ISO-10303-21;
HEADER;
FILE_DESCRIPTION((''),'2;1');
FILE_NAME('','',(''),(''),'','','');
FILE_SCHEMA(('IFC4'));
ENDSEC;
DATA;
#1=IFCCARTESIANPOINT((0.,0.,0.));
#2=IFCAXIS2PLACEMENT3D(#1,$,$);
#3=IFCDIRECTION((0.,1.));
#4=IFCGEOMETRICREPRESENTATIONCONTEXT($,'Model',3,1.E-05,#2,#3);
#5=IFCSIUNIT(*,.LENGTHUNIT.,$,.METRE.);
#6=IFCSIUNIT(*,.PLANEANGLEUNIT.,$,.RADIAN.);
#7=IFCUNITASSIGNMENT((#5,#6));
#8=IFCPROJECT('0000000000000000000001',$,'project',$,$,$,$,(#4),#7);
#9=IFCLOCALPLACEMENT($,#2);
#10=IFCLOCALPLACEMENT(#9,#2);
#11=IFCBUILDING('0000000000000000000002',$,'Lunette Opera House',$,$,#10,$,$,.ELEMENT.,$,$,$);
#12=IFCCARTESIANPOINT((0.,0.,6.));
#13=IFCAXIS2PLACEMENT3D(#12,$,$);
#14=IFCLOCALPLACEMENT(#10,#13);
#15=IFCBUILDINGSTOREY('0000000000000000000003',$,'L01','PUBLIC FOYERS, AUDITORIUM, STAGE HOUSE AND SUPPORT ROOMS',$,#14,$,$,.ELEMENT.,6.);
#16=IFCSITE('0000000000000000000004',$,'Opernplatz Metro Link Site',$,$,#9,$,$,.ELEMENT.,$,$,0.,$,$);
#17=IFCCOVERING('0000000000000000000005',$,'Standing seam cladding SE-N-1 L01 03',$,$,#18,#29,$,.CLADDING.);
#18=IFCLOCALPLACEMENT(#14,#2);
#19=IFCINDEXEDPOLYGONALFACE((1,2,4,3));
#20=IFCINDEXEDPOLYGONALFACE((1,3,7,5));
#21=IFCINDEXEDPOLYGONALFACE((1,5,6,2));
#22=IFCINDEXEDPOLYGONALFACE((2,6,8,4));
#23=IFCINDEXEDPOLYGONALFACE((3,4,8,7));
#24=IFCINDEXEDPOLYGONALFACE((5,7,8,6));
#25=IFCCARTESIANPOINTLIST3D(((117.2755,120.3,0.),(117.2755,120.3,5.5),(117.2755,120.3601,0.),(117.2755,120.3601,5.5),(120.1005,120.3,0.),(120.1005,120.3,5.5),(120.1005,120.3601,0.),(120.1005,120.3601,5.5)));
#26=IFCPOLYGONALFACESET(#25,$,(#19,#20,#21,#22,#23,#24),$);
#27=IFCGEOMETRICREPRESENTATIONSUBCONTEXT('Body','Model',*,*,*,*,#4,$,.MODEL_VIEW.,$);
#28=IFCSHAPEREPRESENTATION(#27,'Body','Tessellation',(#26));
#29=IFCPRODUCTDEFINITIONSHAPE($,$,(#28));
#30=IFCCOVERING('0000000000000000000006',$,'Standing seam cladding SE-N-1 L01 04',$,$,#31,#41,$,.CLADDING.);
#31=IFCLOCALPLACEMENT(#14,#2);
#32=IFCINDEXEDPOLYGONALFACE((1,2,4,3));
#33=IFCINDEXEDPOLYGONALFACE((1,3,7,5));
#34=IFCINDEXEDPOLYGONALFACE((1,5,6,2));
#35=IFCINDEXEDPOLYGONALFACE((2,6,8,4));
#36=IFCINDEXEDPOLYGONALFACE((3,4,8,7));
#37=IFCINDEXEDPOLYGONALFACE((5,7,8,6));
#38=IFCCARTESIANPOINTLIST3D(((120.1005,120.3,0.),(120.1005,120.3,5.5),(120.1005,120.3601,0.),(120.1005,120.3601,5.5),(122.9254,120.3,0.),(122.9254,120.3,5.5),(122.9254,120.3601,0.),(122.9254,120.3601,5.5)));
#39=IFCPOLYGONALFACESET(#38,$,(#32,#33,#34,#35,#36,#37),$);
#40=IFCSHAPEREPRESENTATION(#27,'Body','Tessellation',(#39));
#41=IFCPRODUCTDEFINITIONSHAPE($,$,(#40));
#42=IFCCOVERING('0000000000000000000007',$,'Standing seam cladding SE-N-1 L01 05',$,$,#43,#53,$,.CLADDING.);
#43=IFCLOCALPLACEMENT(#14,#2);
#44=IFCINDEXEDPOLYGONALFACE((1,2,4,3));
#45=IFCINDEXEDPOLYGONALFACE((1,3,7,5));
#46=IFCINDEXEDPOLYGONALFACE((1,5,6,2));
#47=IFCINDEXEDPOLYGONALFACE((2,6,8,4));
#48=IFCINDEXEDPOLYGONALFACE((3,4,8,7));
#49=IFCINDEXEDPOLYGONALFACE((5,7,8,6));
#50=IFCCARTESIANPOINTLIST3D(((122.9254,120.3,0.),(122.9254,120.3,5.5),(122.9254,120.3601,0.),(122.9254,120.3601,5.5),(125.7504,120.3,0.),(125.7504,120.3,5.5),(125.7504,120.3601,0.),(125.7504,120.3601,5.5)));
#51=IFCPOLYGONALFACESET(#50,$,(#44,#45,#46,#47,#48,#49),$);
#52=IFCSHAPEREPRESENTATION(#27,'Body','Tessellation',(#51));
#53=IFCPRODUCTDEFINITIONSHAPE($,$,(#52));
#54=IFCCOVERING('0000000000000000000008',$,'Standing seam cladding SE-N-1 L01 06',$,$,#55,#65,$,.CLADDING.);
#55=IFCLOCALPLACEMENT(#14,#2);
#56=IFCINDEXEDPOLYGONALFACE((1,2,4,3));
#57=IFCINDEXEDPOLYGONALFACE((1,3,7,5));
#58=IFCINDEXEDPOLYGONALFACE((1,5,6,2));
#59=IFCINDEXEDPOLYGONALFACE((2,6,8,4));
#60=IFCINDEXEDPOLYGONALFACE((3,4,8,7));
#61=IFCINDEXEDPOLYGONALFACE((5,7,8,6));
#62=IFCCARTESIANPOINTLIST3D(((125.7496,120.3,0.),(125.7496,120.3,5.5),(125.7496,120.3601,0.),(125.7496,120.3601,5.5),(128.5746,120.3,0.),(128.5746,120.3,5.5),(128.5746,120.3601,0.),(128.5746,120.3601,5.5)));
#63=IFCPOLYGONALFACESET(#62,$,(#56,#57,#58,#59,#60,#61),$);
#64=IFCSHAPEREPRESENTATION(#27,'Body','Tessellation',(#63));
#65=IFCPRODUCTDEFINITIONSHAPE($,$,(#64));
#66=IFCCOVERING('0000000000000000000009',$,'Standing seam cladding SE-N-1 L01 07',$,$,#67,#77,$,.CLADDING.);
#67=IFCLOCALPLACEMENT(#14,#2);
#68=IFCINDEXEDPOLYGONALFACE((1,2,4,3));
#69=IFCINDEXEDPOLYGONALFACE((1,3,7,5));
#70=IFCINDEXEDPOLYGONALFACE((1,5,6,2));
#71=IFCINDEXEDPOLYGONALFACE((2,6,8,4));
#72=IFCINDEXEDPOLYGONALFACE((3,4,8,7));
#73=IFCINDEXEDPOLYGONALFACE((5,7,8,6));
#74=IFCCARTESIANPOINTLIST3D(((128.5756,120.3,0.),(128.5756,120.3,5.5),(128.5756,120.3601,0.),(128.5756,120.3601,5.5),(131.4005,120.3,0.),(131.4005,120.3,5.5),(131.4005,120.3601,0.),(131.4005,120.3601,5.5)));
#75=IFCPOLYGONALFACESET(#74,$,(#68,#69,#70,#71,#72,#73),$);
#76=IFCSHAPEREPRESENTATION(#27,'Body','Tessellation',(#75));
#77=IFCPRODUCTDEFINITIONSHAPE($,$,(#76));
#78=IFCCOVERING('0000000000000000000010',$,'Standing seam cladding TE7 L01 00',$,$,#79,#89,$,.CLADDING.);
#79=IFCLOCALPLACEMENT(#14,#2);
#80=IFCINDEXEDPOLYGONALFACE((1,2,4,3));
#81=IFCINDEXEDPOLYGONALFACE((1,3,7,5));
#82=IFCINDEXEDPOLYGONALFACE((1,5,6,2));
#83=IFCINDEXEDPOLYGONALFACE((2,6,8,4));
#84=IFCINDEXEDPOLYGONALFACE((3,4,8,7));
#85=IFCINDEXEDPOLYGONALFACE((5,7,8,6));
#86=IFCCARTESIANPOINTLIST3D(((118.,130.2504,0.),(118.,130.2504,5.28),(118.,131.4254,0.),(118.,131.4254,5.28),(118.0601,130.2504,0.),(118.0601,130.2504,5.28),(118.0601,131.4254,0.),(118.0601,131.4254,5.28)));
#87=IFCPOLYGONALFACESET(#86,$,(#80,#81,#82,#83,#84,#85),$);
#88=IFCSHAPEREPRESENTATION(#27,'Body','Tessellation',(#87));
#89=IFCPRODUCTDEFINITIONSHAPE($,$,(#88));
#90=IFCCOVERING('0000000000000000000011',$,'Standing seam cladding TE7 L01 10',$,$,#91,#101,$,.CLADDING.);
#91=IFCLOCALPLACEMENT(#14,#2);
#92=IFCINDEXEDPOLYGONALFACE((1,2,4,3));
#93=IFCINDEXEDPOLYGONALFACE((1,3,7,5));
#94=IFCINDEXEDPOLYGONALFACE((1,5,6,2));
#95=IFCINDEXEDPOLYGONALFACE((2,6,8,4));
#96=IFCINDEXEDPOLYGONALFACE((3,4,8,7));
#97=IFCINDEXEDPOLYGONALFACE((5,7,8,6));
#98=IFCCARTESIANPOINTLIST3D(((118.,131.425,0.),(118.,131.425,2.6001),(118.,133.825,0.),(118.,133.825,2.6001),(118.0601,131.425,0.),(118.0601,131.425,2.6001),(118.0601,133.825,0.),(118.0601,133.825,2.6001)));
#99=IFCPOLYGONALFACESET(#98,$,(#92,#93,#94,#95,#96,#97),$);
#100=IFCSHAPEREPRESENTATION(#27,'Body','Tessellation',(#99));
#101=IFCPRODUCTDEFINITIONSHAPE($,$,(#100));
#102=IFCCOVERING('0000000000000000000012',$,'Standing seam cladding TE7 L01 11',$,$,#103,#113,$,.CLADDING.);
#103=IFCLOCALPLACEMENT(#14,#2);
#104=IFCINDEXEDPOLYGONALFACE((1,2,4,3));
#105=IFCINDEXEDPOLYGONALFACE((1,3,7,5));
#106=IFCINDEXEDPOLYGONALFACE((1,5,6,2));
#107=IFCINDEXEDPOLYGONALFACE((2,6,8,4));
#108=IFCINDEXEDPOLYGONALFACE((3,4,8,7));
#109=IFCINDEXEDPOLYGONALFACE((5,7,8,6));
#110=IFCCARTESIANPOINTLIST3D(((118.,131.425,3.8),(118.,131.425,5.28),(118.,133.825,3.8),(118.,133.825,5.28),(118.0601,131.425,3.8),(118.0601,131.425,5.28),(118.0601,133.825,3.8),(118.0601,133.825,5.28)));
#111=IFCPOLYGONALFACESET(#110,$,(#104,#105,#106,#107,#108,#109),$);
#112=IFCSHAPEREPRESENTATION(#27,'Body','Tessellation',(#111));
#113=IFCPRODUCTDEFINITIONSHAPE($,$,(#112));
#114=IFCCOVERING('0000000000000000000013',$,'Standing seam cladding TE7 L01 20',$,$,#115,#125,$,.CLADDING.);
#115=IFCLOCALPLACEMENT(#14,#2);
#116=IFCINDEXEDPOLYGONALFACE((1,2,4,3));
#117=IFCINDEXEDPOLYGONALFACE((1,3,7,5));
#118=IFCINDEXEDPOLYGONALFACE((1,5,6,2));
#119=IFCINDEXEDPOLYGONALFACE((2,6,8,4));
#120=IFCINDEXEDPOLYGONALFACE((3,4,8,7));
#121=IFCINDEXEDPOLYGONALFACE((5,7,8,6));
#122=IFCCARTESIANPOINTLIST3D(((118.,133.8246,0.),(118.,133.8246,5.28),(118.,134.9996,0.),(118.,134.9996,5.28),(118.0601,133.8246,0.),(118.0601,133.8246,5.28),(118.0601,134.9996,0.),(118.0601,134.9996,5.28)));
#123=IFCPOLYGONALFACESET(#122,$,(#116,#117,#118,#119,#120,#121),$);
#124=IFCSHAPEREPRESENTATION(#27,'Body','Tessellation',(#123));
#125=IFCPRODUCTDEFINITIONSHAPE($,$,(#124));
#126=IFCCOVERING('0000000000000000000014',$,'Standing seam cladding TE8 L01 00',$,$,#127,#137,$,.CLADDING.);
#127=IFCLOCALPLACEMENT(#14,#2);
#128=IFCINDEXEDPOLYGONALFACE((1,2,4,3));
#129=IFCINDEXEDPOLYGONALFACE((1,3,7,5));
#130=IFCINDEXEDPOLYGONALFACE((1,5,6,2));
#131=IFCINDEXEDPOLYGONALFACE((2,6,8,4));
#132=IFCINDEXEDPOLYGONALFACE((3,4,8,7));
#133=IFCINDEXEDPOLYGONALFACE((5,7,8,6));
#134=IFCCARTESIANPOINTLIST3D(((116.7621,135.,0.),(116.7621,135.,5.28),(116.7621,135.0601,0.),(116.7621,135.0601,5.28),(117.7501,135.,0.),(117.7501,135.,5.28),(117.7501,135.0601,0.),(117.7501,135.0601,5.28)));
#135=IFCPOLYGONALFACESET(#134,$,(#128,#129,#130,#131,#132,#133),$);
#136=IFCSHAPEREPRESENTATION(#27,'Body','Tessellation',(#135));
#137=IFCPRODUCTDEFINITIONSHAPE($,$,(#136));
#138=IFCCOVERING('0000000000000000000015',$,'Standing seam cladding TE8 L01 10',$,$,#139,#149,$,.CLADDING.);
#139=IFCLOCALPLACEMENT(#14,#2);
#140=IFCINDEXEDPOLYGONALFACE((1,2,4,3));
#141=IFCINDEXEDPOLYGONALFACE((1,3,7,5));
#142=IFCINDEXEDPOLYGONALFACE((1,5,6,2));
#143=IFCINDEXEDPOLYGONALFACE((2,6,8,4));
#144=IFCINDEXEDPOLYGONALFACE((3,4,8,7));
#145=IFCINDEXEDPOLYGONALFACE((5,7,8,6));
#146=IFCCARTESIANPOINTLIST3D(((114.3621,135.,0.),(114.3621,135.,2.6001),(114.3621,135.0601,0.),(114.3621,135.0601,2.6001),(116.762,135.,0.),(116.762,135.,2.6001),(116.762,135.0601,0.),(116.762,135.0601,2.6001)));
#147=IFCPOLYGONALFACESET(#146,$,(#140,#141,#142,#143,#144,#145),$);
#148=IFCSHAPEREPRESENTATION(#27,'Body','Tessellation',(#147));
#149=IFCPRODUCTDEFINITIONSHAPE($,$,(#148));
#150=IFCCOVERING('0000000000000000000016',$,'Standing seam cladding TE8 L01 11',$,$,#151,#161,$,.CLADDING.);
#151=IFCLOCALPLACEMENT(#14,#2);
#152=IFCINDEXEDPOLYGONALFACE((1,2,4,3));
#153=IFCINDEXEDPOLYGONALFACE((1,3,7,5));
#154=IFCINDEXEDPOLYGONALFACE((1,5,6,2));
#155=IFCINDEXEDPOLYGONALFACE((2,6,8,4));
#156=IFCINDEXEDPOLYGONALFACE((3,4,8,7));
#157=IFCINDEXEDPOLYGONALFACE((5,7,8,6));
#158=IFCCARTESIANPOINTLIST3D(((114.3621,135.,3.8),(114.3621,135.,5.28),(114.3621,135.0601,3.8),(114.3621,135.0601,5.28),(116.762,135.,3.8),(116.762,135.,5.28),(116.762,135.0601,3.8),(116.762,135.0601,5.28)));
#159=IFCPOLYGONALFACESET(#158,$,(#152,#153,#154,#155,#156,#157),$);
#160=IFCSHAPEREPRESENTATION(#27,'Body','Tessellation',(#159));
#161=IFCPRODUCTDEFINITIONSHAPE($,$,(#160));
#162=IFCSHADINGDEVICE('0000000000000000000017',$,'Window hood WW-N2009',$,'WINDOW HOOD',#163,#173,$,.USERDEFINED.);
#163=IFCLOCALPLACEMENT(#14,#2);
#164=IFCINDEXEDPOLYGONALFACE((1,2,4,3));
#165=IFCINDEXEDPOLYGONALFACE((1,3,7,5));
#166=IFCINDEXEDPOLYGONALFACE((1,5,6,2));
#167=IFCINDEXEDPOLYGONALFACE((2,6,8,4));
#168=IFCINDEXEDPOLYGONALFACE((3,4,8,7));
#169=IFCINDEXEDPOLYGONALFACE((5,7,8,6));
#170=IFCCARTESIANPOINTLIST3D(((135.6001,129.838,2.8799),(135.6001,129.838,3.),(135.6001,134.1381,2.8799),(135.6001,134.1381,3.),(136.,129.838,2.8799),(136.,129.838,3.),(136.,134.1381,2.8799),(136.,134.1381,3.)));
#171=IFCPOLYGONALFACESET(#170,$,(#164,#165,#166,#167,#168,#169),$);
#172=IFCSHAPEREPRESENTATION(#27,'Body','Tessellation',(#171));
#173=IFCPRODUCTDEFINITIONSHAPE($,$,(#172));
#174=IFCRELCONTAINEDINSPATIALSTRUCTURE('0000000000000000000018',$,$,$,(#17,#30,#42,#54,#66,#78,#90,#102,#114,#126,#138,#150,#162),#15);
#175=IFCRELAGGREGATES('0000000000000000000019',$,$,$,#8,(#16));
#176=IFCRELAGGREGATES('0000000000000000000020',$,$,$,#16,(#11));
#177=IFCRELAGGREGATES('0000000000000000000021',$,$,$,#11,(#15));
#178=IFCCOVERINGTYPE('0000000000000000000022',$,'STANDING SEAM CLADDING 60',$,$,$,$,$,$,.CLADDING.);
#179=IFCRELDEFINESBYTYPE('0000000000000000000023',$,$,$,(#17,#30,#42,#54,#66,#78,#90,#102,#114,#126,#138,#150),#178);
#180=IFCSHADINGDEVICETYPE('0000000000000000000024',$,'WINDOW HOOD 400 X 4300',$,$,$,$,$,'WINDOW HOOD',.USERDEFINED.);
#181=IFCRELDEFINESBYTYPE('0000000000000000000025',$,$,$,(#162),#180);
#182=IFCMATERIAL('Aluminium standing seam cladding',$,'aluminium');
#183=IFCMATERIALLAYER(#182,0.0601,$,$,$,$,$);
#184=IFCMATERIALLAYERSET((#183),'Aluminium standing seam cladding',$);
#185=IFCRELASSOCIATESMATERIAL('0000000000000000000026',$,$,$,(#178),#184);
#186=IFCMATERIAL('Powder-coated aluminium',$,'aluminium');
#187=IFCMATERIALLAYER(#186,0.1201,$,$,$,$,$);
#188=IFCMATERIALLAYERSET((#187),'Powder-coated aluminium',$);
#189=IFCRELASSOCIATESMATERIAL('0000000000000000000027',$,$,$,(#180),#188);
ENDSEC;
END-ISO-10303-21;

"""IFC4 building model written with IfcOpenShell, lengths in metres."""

from ifc_helpers import new_model, si_unit, direction, frame, origin, origin_2d, place, context, subcontext, project, spatial, rectangle, extrude, material, layer, layer_set, type_object, element, save


model = new_model("IFC4")

# Units and contexts
model_context = context("Model", 3, precision=1e-05, world=origin(), true_north=direction((0.0, 1.0)))
body_context = subcontext(model_context, "Body", "Model", "MODEL_VIEW")
ifc_project = project(units=[si_unit("LENGTHUNIT", "METRE"), si_unit("PLANEANGLEUNIT", "RADIAN")], contexts=[model_context])

# Site, building, storey
site_placement = place(None, origin())
site = spatial("IfcSite", under=ifc_project, at=site_placement, Name="Opernplatz Metro Link Site", CompositionType="ELEMENT", RefElevation=0.0)
building_placement = place(site_placement, origin())
building = spatial("IfcBuilding", under=site, at=building_placement, Name="Lunette Opera House", CompositionType="ELEMENT")
storey_placement = place(building_placement, frame((0.0, 0.0, 6.0)))
storey = spatial("IfcBuildingStorey", under=building, at=storey_placement, Name="L01", Description="PUBLIC FOYERS, AUDITORIUM, STAGE HOUSE AND SUPPORT ROOMS", CompositionType="ELEMENT", Elevation=6.0)

# Coverings
ifc_material_1 = material(Name="Aluminium standing seam cladding", Category="aluminium")
ifc_layer_1 = layer(ifc_material_1, 0.0601)
ifc_layer_set_1 = layer_set([ifc_layer_1], Name="Aluminium standing seam cladding")
covering_type = type_object("IfcCoveringType", Name="STANDING SEAM CLADDING 60", PredefinedType="CLADDING", material=ifc_layer_set_1)
for number, where, z_axis, x_axis, name in (
    (1, (118.688, 120.3301, 0.0), (0.0, 0.0, 1.0), (1.0, 0.0, 0.0), "Standing seam cladding SE-N-1 L01 03"),
    (2, (121.5129, 120.3301, 0.0), (0.0, 0.0, 1.0), (1.0, 0.0, 0.0), "Standing seam cladding SE-N-1 L01 04"),
    (3, (124.3379, 120.3301, 0.0), (0.0, 0.0, 1.0), (1.0, 0.0, 0.0), "Standing seam cladding SE-N-1 L01 05"),
    (4, (127.1621, 120.3301, 0.0), (0.0, 0.0, 1.0), (1.0, 0.0, 0.0), "Standing seam cladding SE-N-1 L01 06"),
    (5, (129.988, 120.3301, 0.0), (0.0, 0.0, 1.0), (1.0, 0.0, 0.0), "Standing seam cladding SE-N-1 L01 07"),
):
    element("IfcCovering", number, at=place(storey_placement, frame(where, z_axis=z_axis, x_axis=x_axis)), inside=storey, type_object=covering_type, Name=name, PredefinedType="CLADDING", context=body_context, shape_type="SweptSolid", body=[
        extrude(rectangle(XDim=2.825, YDim=0.0601, at=origin_2d()), origin(), (0.0, 0.0, 1.0), 5.5),
    ])
covering_1_placement = place(storey_placement, frame((118.03, 130.8379, 0.0), z_axis=(0.0, 0.0, 1.0), x_axis=(0.0, 1.0, 0.0)))
element("IfcCovering", 6, at=covering_1_placement, inside=storey, type_object=covering_type, Name="Standing seam cladding TE7 L01 00", PredefinedType="CLADDING", context=body_context, shape_type="SweptSolid", body=[
    extrude(rectangle(XDim=1.175, YDim=0.0601, at=origin_2d()), origin(), (0.0, 0.0, 1.0), 5.28),
])
covering_2_placement = place(storey_placement, frame((118.03, 132.625, 0.0), z_axis=(0.0, 0.0, 1.0), x_axis=(0.0, 1.0, 0.0)))
element("IfcCovering", 7, at=covering_2_placement, inside=storey, type_object=covering_type, Name="Standing seam cladding TE7 L01 10", PredefinedType="CLADDING", context=body_context, shape_type="SweptSolid", body=[
    extrude(rectangle(XDim=2.3999, YDim=0.0601, at=origin_2d()), origin(), (0.0, 0.0, 1.0), 2.6001),
])
covering_3_placement = place(storey_placement, frame((118.03, 132.625, 3.8), z_axis=(0.0, 0.0, 1.0), x_axis=(0.0, 1.0, 0.0)))
element("IfcCovering", 8, at=covering_3_placement, inside=storey, type_object=covering_type, Name="Standing seam cladding TE7 L01 11", PredefinedType="CLADDING", context=body_context, shape_type="SweptSolid", body=[
    extrude(rectangle(XDim=2.3999, YDim=0.0601, at=origin_2d()), origin(), (0.0, 0.0, 1.0), 1.48),
])
covering_4_placement = place(storey_placement, frame((118.03, 134.4121, 0.0), z_axis=(0.0, 0.0, 1.0), x_axis=(0.0, 1.0, 0.0)))
element("IfcCovering", 9, at=covering_4_placement, inside=storey, type_object=covering_type, Name="Standing seam cladding TE7 L01 20", PredefinedType="CLADDING", context=body_context, shape_type="SweptSolid", body=[
    extrude(rectangle(XDim=1.175, YDim=0.0601, at=origin_2d()), origin(), (0.0, 0.0, 1.0), 5.28),
])
covering_5_placement = place(storey_placement, frame((117.2561, 135.03, 0.0), z_axis=(0.0, 0.0, 1.0), x_axis=(-1.0, 0.0, 0.0)))
element("IfcCovering", 10, at=covering_5_placement, inside=storey, type_object=covering_type, Name="Standing seam cladding TE8 L01 00", PredefinedType="CLADDING", context=body_context, shape_type="SweptSolid", body=[
    extrude(rectangle(XDim=0.988, YDim=0.0601, at=origin_2d()), origin(), (0.0, 0.0, 1.0), 5.28),
])
covering_6_placement = place(storey_placement, frame((115.562, 135.03, 0.0), z_axis=(0.0, 0.0, 1.0), x_axis=(-1.0, 0.0, 0.0)))
element("IfcCovering", 11, at=covering_6_placement, inside=storey, type_object=covering_type, Name="Standing seam cladding TE8 L01 10", PredefinedType="CLADDING", context=body_context, shape_type="SweptSolid", body=[
    extrude(rectangle(XDim=2.3999, YDim=0.0601, at=origin_2d()), origin(), (0.0, 0.0, 1.0), 2.6001),
])
covering_7_placement = place(storey_placement, frame((115.562, 135.03, 3.8), z_axis=(0.0, 0.0, 1.0), x_axis=(-1.0, 0.0, 0.0)))
element("IfcCovering", 12, at=covering_7_placement, inside=storey, type_object=covering_type, Name="Standing seam cladding TE8 L01 11", PredefinedType="CLADDING", context=body_context, shape_type="SweptSolid", body=[
    extrude(rectangle(XDim=2.3999, YDim=0.0601, at=origin_2d()), origin(), (0.0, 0.0, 1.0), 1.48),
])

# Shading device
ifc_material_2 = material(Name="Powder-coated aluminium", Category="aluminium")
ifc_layer_2 = layer(ifc_material_2, 0.1201)
ifc_layer_set_2 = layer_set([ifc_layer_2], Name="Powder-coated aluminium")
shading_device_type = type_object("IfcShadingDeviceType", Name="WINDOW HOOD 400 X 4300", ElementType="WINDOW HOOD", PredefinedType="USERDEFINED", material=ifc_layer_set_2)
shading_device_placement = place(storey_placement, frame((135.8, 131.988, 2.8799), z_axis=(0.0, 0.0, 1.0), x_axis=(-1.0, 0.0, 0.0)))
element("IfcShadingDevice", 13, at=shading_device_placement, inside=storey, type_object=shading_device_type, Name="Window hood WW-N2009", ObjectType="WINDOW HOOD", PredefinedType="USERDEFINED", context=body_context, shape_type="SweptSolid", body=[
    extrude(rectangle(XDim=0.3999, YDim=4.3, at=origin_2d()), origin(), (0.0, 0.0, 1.0), 0.1201),
])

save(model, "model.ifc")
